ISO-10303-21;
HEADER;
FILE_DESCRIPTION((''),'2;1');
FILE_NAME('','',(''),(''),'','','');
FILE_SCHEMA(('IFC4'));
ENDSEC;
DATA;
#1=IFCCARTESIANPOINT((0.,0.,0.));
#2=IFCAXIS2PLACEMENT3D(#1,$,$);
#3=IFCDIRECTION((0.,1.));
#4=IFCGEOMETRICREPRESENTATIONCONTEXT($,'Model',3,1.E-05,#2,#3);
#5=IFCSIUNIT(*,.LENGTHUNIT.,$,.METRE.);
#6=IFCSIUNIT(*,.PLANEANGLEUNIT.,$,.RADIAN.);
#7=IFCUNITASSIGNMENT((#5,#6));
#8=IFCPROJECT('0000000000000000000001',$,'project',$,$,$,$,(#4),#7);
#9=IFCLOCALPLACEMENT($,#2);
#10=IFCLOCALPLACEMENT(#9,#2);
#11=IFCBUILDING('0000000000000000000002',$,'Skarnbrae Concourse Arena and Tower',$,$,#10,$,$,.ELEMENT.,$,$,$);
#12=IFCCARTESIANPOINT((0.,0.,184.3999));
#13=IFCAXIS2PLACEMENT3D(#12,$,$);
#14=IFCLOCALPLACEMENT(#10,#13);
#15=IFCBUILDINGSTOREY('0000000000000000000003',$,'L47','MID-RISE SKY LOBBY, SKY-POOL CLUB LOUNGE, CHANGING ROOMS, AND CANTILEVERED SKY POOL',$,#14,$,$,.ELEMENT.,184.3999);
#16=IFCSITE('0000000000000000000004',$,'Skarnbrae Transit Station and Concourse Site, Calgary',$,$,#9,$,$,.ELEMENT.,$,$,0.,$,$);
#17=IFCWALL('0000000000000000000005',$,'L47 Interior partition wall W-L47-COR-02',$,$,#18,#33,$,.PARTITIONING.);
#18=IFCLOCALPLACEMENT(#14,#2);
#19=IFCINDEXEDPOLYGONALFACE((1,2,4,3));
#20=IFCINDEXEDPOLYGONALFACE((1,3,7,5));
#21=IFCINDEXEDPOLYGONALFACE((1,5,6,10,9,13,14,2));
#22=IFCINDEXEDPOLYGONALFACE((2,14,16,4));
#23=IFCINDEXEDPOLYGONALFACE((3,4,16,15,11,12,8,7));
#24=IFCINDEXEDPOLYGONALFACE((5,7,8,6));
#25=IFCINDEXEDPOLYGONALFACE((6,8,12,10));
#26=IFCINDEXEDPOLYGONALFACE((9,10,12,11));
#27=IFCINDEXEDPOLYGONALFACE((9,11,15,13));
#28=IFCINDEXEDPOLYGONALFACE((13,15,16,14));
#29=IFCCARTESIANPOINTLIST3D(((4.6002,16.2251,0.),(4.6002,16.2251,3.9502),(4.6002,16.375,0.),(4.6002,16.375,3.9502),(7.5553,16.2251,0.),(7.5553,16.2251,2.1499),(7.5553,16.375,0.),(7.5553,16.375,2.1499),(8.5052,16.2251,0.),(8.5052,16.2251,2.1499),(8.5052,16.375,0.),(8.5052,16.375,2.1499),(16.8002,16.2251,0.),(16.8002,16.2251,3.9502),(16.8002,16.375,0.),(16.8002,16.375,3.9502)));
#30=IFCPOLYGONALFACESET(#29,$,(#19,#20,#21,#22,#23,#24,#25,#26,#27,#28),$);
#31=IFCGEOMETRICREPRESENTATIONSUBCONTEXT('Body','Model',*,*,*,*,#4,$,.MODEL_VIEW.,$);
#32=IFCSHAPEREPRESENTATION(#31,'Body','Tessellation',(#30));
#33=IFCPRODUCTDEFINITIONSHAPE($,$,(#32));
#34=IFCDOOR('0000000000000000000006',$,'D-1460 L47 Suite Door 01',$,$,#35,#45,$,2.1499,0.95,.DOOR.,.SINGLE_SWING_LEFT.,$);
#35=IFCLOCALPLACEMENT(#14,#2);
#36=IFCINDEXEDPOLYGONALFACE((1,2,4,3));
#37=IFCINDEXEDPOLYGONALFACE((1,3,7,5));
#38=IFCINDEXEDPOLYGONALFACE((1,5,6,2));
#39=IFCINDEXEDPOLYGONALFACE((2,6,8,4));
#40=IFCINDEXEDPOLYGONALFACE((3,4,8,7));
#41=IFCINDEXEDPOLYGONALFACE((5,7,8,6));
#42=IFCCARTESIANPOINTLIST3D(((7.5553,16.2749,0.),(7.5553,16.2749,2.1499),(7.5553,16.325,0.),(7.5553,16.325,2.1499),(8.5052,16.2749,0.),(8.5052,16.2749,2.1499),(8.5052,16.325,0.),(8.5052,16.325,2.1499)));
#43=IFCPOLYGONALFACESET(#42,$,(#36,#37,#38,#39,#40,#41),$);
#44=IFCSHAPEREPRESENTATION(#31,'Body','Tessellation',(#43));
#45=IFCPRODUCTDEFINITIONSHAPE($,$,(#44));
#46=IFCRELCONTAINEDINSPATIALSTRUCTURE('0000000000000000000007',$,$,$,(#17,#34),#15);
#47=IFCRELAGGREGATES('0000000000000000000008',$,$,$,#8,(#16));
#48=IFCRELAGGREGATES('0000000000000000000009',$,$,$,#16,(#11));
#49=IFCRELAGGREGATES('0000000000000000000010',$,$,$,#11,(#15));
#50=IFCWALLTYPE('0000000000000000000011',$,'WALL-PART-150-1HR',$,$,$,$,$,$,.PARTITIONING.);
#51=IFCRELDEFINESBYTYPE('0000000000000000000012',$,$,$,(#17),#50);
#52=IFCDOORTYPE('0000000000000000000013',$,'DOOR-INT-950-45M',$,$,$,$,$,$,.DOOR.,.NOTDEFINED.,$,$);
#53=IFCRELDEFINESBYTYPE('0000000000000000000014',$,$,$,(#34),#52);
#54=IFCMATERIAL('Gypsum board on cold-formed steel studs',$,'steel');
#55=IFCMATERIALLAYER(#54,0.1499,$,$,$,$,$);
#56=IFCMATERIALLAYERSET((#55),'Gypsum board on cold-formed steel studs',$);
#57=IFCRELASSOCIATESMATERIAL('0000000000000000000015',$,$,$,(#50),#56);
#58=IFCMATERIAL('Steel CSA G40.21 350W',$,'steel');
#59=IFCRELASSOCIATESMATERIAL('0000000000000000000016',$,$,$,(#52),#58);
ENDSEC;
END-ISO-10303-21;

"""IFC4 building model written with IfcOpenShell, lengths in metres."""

from ifc_helpers import new_model, si_unit, direction, frame, frame_2d, origin, place, context, subcontext, project, spatial, rectangle, extrude, source, transform, mapped, material, layer, layer_set, type_object, element, fill, save


model = new_model("IFC4")

# Units and contexts
model_context = context("Model", 3, precision=1e-05, world=origin(), true_north=direction((0.0, 1.0)))
body_context = subcontext(model_context, "Body", "Model", "MODEL_VIEW")
ifc_project = project(units=[si_unit("LENGTHUNIT", "METRE"), si_unit("PLANEANGLEUNIT", "RADIAN")], contexts=[model_context])

# Site, building, storey
site_placement = place(None, origin())
site = spatial("IfcSite", under=ifc_project, at=site_placement, Name="Skarnbrae Transit Station and Concourse Site, Calgary", CompositionType="ELEMENT", RefElevation=0.0)
building_placement = place(site_placement, origin())
building = spatial("IfcBuilding", under=site, at=building_placement, Name="Skarnbrae Concourse Arena and Tower", CompositionType="ELEMENT")
storey_placement = place(building_placement, frame((0.0, 0.0, 184.3999)))
storey = spatial("IfcBuildingStorey", under=building, at=storey_placement, Name="L47", Description="MID-RISE SKY LOBBY, SKY-POOL CLUB LOUNGE, CHANGING ROOMS, AND CANTILEVERED SKY POOL", CompositionType="ELEMENT", Elevation=184.3999)

# Shared definitions
ifc_material_1 = material(Name="Steel CSA G40.21 350W", Category="steel")

# Shared definitions
ifc_material_2 = material(Name="Gypsum board on cold-formed steel studs", Category="steel")
ifc_layer_1 = layer(ifc_material_2, 0.1499)
ifc_layer_set_1 = layer_set([ifc_layer_1], Name="Gypsum board on cold-formed steel studs")
wall_type_1 = type_object("IfcWallType", Name="WALL-PART-150-1HR", PredefinedType="PARTITIONING", material=ifc_layer_set_1)

# Wall, opening, door
shared_shape_1 = source(origin(), body_context, "Body", "SweptSolid", [
    extrude(rectangle(XDim=12.2, YDim=0.1499, at=frame_2d((6.1001, 0.0))), origin(), (0.0, 0.0, 1.0), 3.9502),
])
wall_1_placement = place(storey_placement, frame((4.6001, 16.3, 0.0), z_axis=(0.0, 0.0, 1.0), x_axis=(1.0, 0.0, 0.0)))
wall_1 = element("IfcWall", 1, at=wall_1_placement, inside=storey, type_object=wall_type_1, Name="L47 Interior partition wall W-L47-COR-02", PredefinedType="PARTITIONING", context=body_context, shape_type="MappedRepresentation", body=[
    mapped(shared_shape_1, transform((0.0, 0.0, 0.0))),
])
opening_placement = place(wall_1_placement, frame((2.9551, 0.0, 0.0)))
opening = element("IfcOpeningElement", 2, at=opening_placement, cuts=wall_1, PredefinedType="OPENING", context=body_context, shape_type="SweptSolid", body=[
    extrude(rectangle(XDim=0.95, YDim=2.1499, at=frame_2d((0.4751, 1.075))), frame((0.0, 0.085, 0.0), z_axis=(0.0, -1.0, 0.0), x_axis=(1.0, 0.0, 0.0)), (0.0, 0.0, 1.0), 0.1699),
])
door_type = type_object("IfcDoorType", Name="DOOR-INT-950-45M", OperationType="NOTDEFINED", PredefinedType="DOOR", material=ifc_material_1)
shared_shape_2 = source(origin(), body_context, "Body", "SweptSolid", [
    extrude(rectangle(XDim=0.95, YDim=2.1499, at=frame_2d((0.4751, 1.075))), frame((0.0, 0.0249, 0.0), z_axis=(0.0, -1.0, 0.0), x_axis=(1.0, 0.0, 0.0)), (0.0, 0.0, 1.0), 0.05),
])
door_placement = place(opening_placement, origin())
door = element("IfcDoor", 3, at=door_placement, inside=storey, type_object=door_type, Name="D-1460 L47 Suite Door 01", OperationType="SINGLE_SWING_LEFT", OverallHeight=2.1499, OverallWidth=0.95, PredefinedType="DOOR", context=body_context, shape_type="MappedRepresentation", body=[
    mapped(shared_shape_2, transform((0.0, 0.0, 0.0))),
])
fill(opening, door)

save(model, "model.ifc")
